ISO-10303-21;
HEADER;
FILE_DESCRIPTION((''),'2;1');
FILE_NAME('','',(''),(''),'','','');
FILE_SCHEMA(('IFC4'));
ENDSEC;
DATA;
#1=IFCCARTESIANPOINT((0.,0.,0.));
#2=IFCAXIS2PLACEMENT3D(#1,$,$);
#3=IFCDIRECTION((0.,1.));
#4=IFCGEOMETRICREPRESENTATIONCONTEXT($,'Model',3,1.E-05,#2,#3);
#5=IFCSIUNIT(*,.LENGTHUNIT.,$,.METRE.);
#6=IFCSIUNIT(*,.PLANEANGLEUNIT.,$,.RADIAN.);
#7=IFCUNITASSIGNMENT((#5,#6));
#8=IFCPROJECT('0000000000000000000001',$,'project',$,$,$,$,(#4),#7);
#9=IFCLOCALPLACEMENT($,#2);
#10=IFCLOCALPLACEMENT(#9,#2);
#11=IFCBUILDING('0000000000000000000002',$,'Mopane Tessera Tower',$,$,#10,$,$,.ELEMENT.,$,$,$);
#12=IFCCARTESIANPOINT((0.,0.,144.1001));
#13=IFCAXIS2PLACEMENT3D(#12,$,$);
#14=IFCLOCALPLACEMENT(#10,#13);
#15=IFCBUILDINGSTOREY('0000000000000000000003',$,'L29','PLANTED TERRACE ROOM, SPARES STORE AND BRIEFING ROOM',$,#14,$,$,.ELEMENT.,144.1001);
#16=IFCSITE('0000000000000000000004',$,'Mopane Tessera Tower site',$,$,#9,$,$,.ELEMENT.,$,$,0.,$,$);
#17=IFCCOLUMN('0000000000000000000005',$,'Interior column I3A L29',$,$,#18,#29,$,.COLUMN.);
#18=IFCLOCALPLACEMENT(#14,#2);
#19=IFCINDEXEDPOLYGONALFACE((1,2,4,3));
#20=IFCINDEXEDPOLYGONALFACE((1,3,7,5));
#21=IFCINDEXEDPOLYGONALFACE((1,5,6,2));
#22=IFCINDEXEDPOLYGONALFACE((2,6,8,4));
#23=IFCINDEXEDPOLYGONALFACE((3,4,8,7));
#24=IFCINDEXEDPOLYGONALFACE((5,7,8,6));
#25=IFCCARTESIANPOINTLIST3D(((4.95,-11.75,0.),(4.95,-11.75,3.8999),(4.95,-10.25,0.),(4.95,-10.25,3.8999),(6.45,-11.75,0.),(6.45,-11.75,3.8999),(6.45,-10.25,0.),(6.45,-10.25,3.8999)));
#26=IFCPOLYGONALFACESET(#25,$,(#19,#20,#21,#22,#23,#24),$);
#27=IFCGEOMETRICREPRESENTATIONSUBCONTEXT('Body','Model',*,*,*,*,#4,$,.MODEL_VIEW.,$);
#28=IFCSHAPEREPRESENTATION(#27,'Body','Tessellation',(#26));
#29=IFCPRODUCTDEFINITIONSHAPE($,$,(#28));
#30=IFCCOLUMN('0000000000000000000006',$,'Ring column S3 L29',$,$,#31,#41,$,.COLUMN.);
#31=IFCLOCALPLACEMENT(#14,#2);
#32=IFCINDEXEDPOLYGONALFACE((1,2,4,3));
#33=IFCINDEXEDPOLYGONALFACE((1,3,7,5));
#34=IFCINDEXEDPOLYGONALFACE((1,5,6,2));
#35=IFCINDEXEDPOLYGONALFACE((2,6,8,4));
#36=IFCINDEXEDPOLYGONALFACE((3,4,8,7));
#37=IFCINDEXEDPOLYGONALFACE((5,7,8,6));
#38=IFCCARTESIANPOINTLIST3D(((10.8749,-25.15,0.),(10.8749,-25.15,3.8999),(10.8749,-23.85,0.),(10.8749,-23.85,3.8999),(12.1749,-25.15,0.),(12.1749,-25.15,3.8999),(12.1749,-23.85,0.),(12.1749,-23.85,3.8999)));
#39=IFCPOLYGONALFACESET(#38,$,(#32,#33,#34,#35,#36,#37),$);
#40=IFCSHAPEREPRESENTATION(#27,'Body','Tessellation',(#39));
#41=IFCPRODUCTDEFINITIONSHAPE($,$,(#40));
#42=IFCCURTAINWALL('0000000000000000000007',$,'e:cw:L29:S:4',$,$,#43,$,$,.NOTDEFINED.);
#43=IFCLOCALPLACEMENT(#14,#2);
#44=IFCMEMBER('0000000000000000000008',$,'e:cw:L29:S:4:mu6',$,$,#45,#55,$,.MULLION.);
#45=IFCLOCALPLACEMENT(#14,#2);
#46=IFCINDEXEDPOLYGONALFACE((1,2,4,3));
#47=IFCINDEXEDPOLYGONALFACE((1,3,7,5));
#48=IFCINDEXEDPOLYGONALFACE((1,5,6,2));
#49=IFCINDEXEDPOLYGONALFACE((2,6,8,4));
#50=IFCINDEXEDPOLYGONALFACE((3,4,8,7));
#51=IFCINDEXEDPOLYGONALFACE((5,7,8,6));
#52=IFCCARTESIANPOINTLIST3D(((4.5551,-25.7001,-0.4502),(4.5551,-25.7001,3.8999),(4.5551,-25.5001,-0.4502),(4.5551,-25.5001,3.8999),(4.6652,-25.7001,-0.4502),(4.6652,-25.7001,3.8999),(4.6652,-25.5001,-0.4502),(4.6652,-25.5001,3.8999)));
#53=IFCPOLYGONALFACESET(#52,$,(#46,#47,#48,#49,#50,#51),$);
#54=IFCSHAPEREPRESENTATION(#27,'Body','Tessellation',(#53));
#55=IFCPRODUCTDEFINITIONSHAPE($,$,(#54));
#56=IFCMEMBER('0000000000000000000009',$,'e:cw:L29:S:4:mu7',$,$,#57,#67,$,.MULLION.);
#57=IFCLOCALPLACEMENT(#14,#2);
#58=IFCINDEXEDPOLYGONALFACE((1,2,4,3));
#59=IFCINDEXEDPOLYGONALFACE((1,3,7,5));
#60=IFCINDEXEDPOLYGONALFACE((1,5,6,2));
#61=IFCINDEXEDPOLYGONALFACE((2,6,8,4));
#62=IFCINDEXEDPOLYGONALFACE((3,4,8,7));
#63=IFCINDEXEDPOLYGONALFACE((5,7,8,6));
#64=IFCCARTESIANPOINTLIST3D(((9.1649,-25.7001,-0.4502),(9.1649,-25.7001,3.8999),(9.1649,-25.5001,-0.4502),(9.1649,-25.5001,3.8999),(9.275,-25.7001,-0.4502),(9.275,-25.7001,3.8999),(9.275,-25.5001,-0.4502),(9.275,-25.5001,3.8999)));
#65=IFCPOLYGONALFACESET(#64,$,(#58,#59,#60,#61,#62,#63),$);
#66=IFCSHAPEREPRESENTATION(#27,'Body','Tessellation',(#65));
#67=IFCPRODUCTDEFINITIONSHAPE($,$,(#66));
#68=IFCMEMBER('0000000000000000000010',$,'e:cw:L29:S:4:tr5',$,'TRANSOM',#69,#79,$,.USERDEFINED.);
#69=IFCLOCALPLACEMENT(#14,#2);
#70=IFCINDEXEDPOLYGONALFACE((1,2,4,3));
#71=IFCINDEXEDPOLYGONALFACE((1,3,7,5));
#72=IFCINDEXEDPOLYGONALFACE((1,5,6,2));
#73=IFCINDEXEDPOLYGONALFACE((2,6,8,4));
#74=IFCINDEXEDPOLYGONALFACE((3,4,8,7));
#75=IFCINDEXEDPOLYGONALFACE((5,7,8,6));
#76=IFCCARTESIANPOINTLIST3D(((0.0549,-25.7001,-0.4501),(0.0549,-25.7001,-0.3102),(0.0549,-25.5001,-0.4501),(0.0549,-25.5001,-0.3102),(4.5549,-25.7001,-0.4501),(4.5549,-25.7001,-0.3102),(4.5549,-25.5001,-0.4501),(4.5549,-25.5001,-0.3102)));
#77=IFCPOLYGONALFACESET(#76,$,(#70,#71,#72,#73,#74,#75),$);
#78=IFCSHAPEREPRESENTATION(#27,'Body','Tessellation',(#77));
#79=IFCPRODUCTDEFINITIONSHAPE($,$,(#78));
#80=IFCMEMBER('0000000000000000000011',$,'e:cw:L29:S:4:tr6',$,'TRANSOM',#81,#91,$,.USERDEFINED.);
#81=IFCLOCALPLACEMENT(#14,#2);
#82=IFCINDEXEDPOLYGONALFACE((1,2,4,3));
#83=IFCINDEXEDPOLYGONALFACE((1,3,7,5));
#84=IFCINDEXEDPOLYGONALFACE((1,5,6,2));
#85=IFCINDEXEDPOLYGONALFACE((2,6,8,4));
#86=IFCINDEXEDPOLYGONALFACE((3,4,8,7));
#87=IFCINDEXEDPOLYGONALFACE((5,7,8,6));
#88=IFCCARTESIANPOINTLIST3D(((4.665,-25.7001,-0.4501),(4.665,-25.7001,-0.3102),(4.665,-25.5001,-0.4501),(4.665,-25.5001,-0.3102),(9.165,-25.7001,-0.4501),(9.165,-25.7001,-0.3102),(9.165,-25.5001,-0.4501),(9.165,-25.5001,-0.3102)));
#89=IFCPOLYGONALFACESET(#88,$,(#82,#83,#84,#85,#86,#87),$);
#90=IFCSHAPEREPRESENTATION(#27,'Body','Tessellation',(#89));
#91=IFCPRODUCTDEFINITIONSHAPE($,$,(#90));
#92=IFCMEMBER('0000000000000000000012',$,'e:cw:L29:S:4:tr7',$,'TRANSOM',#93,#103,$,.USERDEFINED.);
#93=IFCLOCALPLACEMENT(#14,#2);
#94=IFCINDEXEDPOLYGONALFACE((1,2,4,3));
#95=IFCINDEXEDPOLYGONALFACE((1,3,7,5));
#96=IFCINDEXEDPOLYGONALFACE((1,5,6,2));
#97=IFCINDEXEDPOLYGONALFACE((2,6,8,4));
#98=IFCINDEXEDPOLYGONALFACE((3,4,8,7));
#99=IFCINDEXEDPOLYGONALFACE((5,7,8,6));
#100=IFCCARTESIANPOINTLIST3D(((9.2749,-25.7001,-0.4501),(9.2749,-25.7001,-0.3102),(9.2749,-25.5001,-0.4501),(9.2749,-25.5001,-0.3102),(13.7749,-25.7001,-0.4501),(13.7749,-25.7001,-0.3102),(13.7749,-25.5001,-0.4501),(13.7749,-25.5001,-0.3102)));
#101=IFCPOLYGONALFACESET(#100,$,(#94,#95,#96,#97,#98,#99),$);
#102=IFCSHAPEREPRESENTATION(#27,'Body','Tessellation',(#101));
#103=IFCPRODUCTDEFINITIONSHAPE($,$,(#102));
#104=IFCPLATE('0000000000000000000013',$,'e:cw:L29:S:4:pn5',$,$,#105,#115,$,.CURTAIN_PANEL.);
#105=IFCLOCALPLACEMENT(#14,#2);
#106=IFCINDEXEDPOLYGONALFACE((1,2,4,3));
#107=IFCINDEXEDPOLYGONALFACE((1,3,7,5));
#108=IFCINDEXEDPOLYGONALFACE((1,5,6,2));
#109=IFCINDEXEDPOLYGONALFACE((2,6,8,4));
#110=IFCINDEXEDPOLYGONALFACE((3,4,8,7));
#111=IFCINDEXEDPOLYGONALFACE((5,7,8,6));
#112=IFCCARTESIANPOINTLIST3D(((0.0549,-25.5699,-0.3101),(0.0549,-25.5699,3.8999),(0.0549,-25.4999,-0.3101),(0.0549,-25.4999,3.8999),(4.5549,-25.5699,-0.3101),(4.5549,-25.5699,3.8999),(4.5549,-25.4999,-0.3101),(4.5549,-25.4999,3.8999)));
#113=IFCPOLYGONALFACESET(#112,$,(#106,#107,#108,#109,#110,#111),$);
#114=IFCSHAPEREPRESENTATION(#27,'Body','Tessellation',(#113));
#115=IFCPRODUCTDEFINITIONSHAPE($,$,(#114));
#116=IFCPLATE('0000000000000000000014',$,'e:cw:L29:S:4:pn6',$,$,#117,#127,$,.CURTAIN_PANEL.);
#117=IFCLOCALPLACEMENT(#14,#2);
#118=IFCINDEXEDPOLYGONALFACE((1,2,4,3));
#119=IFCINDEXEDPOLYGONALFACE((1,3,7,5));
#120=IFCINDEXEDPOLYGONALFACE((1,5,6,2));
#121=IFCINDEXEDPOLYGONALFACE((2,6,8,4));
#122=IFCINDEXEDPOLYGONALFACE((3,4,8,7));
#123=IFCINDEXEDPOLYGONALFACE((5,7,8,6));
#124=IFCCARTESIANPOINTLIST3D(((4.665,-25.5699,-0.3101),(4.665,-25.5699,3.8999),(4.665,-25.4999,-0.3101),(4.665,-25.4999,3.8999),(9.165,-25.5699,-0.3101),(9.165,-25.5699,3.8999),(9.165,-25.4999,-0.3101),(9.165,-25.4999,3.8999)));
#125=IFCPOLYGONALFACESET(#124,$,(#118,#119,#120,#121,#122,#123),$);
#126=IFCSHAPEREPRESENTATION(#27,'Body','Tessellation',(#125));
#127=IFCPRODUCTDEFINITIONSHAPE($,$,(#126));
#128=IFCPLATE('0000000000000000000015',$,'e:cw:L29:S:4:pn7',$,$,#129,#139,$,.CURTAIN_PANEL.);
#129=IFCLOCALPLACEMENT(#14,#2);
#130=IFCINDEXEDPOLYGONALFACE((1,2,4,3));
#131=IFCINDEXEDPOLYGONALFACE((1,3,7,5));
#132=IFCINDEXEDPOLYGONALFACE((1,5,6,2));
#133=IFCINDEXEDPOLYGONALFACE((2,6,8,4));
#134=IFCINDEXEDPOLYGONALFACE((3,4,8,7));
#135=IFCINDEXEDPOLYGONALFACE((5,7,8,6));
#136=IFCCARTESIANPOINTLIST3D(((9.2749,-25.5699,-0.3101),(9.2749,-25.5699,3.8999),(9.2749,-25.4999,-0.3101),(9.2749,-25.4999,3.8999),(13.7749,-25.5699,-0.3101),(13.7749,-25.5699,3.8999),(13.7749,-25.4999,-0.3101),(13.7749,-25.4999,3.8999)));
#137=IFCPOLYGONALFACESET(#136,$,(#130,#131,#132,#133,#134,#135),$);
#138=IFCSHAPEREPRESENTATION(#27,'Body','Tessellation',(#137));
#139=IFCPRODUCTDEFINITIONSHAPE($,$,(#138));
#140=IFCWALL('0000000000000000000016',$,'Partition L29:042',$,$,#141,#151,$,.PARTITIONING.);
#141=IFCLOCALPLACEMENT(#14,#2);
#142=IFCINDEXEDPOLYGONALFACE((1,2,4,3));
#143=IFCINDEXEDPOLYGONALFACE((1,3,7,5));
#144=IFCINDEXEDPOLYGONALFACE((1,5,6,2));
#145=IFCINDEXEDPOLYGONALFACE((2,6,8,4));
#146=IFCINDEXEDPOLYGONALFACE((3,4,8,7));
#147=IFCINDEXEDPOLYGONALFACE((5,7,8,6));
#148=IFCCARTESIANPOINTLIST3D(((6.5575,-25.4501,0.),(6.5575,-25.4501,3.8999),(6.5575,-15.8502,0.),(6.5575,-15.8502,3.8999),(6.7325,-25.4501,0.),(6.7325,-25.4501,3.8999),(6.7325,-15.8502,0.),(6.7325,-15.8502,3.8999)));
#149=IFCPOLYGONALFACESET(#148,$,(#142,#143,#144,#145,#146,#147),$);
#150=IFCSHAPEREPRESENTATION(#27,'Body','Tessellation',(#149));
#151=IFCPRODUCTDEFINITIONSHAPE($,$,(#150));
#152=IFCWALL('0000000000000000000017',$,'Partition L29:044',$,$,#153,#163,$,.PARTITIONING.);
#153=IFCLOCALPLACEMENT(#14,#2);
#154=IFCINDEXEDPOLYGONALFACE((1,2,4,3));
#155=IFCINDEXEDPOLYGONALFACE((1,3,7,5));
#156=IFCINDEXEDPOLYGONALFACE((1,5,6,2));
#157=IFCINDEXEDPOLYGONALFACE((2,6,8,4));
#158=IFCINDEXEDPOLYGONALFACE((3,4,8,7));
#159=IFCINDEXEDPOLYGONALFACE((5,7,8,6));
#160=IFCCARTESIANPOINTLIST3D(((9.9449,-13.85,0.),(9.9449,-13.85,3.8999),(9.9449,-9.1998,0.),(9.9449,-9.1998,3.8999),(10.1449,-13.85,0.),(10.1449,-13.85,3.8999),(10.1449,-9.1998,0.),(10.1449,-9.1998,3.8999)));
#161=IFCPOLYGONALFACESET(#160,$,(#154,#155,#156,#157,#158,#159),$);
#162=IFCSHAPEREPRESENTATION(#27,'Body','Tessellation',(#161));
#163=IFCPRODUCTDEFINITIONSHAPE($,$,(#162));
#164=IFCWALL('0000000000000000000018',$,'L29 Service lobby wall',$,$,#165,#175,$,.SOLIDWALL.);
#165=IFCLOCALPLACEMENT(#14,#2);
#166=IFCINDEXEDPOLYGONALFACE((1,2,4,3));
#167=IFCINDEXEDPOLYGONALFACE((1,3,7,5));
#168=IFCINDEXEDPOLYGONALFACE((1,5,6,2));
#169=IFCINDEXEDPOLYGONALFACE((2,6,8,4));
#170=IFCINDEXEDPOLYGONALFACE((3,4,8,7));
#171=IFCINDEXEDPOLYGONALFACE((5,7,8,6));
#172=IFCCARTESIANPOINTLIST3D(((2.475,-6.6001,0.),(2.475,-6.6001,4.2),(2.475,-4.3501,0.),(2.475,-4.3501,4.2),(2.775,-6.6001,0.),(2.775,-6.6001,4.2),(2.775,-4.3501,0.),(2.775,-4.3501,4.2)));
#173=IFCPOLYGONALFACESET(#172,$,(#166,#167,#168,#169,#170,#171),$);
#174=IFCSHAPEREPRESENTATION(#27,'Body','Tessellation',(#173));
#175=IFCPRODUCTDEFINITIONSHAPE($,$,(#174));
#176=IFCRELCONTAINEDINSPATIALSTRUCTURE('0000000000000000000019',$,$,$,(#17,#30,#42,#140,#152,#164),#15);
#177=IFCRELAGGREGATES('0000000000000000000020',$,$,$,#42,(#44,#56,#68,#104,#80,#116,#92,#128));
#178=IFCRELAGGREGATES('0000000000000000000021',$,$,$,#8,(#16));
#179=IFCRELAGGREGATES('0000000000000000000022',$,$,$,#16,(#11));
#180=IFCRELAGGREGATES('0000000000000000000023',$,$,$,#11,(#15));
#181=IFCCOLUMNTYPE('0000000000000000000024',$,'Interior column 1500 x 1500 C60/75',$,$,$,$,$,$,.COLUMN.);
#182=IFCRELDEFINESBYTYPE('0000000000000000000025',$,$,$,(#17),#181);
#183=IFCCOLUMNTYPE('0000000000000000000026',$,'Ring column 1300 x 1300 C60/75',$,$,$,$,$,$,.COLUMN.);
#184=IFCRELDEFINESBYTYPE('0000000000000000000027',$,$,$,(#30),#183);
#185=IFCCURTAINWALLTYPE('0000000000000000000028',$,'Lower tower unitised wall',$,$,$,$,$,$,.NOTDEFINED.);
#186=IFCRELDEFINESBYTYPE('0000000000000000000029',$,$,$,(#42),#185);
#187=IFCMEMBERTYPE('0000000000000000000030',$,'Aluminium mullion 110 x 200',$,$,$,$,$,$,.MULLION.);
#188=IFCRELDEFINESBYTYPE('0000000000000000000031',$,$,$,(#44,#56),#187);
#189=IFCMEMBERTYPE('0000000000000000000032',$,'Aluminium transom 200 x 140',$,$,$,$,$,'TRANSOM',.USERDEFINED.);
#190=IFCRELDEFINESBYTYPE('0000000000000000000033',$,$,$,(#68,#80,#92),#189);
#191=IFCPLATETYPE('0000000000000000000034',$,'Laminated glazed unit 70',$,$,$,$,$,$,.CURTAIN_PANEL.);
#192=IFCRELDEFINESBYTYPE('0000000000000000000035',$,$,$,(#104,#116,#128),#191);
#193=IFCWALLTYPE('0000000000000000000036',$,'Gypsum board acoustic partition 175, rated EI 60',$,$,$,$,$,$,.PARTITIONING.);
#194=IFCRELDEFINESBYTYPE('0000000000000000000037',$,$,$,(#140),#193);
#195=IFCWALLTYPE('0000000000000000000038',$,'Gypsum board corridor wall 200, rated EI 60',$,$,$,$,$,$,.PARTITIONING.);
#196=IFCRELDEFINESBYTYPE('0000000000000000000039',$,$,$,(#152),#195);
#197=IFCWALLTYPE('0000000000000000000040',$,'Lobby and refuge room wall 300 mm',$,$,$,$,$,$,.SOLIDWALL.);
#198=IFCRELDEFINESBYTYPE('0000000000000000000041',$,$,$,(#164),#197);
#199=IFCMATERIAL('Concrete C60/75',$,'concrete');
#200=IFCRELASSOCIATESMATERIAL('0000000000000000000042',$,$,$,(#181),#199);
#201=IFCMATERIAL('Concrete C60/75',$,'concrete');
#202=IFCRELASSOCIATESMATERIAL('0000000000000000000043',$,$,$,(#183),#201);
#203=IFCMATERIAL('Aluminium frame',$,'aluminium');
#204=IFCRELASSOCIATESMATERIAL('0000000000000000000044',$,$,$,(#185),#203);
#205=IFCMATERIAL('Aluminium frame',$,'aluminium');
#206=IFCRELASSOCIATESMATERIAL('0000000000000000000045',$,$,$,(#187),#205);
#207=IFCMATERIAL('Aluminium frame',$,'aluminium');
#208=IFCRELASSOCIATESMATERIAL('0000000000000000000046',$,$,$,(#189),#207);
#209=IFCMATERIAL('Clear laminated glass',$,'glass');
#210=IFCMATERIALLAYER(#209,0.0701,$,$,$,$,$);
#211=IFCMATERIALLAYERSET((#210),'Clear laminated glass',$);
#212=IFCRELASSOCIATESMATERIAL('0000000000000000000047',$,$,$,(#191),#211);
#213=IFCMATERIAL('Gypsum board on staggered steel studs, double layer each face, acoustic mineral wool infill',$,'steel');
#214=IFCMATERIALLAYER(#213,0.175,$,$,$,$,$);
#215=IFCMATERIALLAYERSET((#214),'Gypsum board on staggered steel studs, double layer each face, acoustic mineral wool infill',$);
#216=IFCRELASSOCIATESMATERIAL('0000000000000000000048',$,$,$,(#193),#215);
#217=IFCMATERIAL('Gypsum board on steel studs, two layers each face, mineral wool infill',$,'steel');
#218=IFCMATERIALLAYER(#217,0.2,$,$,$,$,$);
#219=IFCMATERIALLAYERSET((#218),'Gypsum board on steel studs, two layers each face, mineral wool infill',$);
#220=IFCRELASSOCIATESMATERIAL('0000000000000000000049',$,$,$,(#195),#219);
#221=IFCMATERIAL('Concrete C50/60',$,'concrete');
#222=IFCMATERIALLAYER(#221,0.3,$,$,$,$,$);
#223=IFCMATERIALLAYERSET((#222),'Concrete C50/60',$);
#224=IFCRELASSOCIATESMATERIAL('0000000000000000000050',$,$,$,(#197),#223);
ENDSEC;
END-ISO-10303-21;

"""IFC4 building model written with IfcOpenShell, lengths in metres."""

from ifc_helpers import new_model, si_unit, direction, frame, frame_2d, origin, origin_2d, place, context, subcontext, project, spatial, rectangle, extrude, material, layer, layer_set, material_profile, profile_set, type_object, element, aggregate, save


model = new_model("IFC4")

# Units and contexts
model_context = context("Model", 3, precision=1e-05, world=origin(), true_north=direction((0.0, 1.0)))
body_context = subcontext(model_context, "Body", "Model", "MODEL_VIEW")
ifc_project = project(units=[si_unit("LENGTHUNIT", "METRE"), si_unit("PLANEANGLEUNIT", "RADIAN")], contexts=[model_context])

# Site, building, storey
site_placement = place(None, origin())
site = spatial("IfcSite", under=ifc_project, at=site_placement, Name="Mopane Tessera Tower site", CompositionType="ELEMENT", RefElevation=0.0)
building_placement = place(site_placement, origin())
building = spatial("IfcBuilding", under=site, at=building_placement, Name="Mopane Tessera Tower", CompositionType="ELEMENT")
storey_placement = place(building_placement, frame((0.0, 0.0, 144.1001)))
storey = spatial("IfcBuildingStorey", under=building, at=storey_placement, Name="L29", Description="PLANTED TERRACE ROOM, SPARES STORE AND BRIEFING ROOM", CompositionType="ELEMENT", Elevation=144.1001)

# Columns
ifc_material_1 = material(Name="Concrete C60/75", Category="concrete")
ifc_material_profile_1 = material_profile(ifc_material_1, rectangle(XDim=1.5, YDim=1.5, at=origin_2d()))
ifc_profile_set_1 = profile_set([ifc_material_profile_1], Name="Concrete C60/75")
column_type_1 = type_object("IfcColumnType", Name="Interior column 1500 x 1500 C60/75", PredefinedType="COLUMN", material=ifc_profile_set_1)
column_1_placement = place(storey_placement, frame((5.7, -11.0, 0.0), z_axis=(0.0, 0.0, 1.0), x_axis=(1.0, 0.0, 0.0)))
element("IfcColumn", 1, at=column_1_placement, inside=storey, type_object=column_type_1, Name="Interior column I3A L29", PredefinedType="COLUMN", context=body_context, shape_type="SweptSolid", body=[
    extrude(rectangle(XDim=1.5, YDim=1.5, at=origin_2d()), origin(), (0.0, 0.0, 1.0), 3.8999),
])
ifc_material_2 = material(Name="Concrete C60/75", Category="concrete")
ifc_material_profile_2 = material_profile(ifc_material_2, rectangle(XDim=1.3, YDim=1.3, at=origin_2d()))
ifc_profile_set_2 = profile_set([ifc_material_profile_2], Name="Concrete C60/75")
column_type_2 = type_object("IfcColumnType", Name="Ring column 1300 x 1300 C60/75", PredefinedType="COLUMN", material=ifc_profile_set_2)
column_2_placement = place(storey_placement, frame((11.5249, -24.5, 0.0), z_axis=(0.0, 0.0, 1.0), x_axis=(1.0, 0.0, 0.0)))
element("IfcColumn", 2, at=column_2_placement, inside=storey, type_object=column_type_2, Name="Ring column S3 L29", PredefinedType="COLUMN", context=body_context, shape_type="SweptSolid", body=[
    extrude(rectangle(XDim=1.3, YDim=1.3, at=origin_2d()), origin(), (0.0, 0.0, 1.0), 3.8999),
])

# Curtain wall, members, plates
ifc_material_3 = material(Name="Aluminium frame", Category="aluminium")
curtain_wall_type = type_object("IfcCurtainWallType", Name="Lower tower unitised wall", PredefinedType="NOTDEFINED", material=ifc_material_3)
curtain_wall_placement = place(storey_placement, origin())
curtain_wall = element("IfcCurtainWall", 3, at=curtain_wall_placement, inside=storey, type_object=curtain_wall_type, Name="e:cw:L29:S:4", PredefinedType="NOTDEFINED")
ifc_material_4 = material(Name="Aluminium frame", Category="aluminium")
ifc_material_profile_3 = material_profile(ifc_material_4, rectangle(XDim=0.1101, YDim=0.2, at=origin_2d()))
ifc_profile_set_3 = profile_set([ifc_material_profile_3], Name="Aluminium frame")
member_type_1 = type_object("IfcMemberType", Name="Aluminium mullion 110 x 200", PredefinedType="MULLION", material=ifc_profile_set_3)
member_1_placement = place(storey_placement, frame((4.6101, -25.6001, -0.4502), z_axis=(0.0, 0.0, 1.0), x_axis=(1.0, 0.0, 0.0)))
member_1 = element("IfcMember", 4, at=member_1_placement, type_object=member_type_1, Name="e:cw:L29:S:4:mu6", PredefinedType="MULLION", context=body_context, shape_type="SweptSolid", body=[
    extrude(rectangle(XDim=0.1101, YDim=0.2, at=origin_2d()), origin(), (0.0, 0.0, 1.0), 4.3501),
])
member_2_placement = place(storey_placement, frame((9.22, -25.6001, -0.4502), z_axis=(0.0, 0.0, 1.0), x_axis=(1.0, 0.0, 0.0)))
member_2 = element("IfcMember", 5, at=member_2_placement, type_object=member_type_1, Name="e:cw:L29:S:4:mu7", PredefinedType="MULLION", context=body_context, shape_type="SweptSolid", body=[
    extrude(rectangle(XDim=0.1101, YDim=0.2, at=origin_2d()), origin(), (0.0, 0.0, 1.0), 4.3501),
])
ifc_material_5 = material(Name="Aluminium frame", Category="aluminium")
ifc_material_profile_4 = material_profile(ifc_material_5, rectangle(XDim=0.2, YDim=0.1399, at=origin_2d()))
ifc_profile_set_4 = profile_set([ifc_material_profile_4], Name="Aluminium frame")
member_type_2 = type_object("IfcMemberType", Name="Aluminium transom 200 x 140", ElementType="TRANSOM", PredefinedType="USERDEFINED", material=ifc_profile_set_4)
member_3_placement = place(storey_placement, frame((0.0549, -25.6001, -0.3801), z_axis=(1.0, 0.0, 0.0), x_axis=(0.0, 1.0, 0.0)))
member_3 = element("IfcMember", 6, at=member_3_placement, type_object=member_type_2, Name="e:cw:L29:S:4:tr5", ObjectType="TRANSOM", PredefinedType="USERDEFINED", context=body_context, shape_type="SweptSolid", body=[
    extrude(rectangle(XDim=0.2, YDim=0.1399, at=origin_2d()), origin(), (0.0, 0.0, 1.0), 4.5),
])
member_4_placement = place(storey_placement, frame((4.665, -25.6001, -0.3801), z_axis=(1.0, 0.0, 0.0), x_axis=(0.0, 1.0, 0.0)))
member_4 = element("IfcMember", 7, at=member_4_placement, type_object=member_type_2, Name="e:cw:L29:S:4:tr6", ObjectType="TRANSOM", PredefinedType="USERDEFINED", context=body_context, shape_type="SweptSolid", body=[
    extrude(rectangle(XDim=0.2, YDim=0.1399, at=origin_2d()), origin(), (0.0, 0.0, 1.0), 4.5),
])
member_5_placement = place(storey_placement, frame((9.2749, -25.6001, -0.3801), z_axis=(1.0, 0.0, 0.0), x_axis=(0.0, 1.0, 0.0)))
member_5 = element("IfcMember", 8, at=member_5_placement, type_object=member_type_2, Name="e:cw:L29:S:4:tr7", ObjectType="TRANSOM", PredefinedType="USERDEFINED", context=body_context, shape_type="SweptSolid", body=[
    extrude(rectangle(XDim=0.2, YDim=0.1399, at=origin_2d()), origin(), (0.0, 0.0, 1.0), 4.5),
])
ifc_material_6 = material(Name="Clear laminated glass", Category="glass")
ifc_layer_1 = layer(ifc_material_6, 0.0701)
ifc_layer_set_1 = layer_set([ifc_layer_1], Name="Clear laminated glass")
plate_type = type_object("IfcPlateType", Name="Laminated glazed unit 70", PredefinedType="CURTAIN_PANEL", material=ifc_layer_set_1)
plate_1_placement = place(storey_placement, frame((2.3049, -25.5349, -0.3101), z_axis=(0.0, 0.0, 1.0), x_axis=(1.0, 0.0, 0.0)))
plate_1 = element("IfcPlate", 9, at=plate_1_placement, type_object=plate_type, Name="e:cw:L29:S:4:pn5", PredefinedType="CURTAIN_PANEL", context=body_context, shape_type="SweptSolid", body=[
    extrude(rectangle(XDim=4.5, YDim=0.0701, at=origin_2d()), origin(), (0.0, 0.0, 1.0), 4.21),
])
plate_2_placement = place(storey_placement, frame((6.915, -25.5349, -0.3101), z_axis=(0.0, 0.0, 1.0), x_axis=(1.0, 0.0, 0.0)))
plate_2 = element("IfcPlate", 10, at=plate_2_placement, type_object=plate_type, Name="e:cw:L29:S:4:pn6", PredefinedType="CURTAIN_PANEL", context=body_context, shape_type="SweptSolid", body=[
    extrude(rectangle(XDim=4.5, YDim=0.0701, at=origin_2d()), origin(), (0.0, 0.0, 1.0), 4.21),
])
plate_3_placement = place(storey_placement, frame((11.5249, -25.5349, -0.3101), z_axis=(0.0, 0.0, 1.0), x_axis=(1.0, 0.0, 0.0)))
plate_3 = element("IfcPlate", 11, at=plate_3_placement, type_object=plate_type, Name="e:cw:L29:S:4:pn7", PredefinedType="CURTAIN_PANEL", context=body_context, shape_type="SweptSolid", body=[
    extrude(rectangle(XDim=4.5, YDim=0.0701, at=origin_2d()), origin(), (0.0, 0.0, 1.0), 4.21),
])
aggregate(curtain_wall, [member_1, member_2, member_3, plate_1, member_4, plate_2, member_5, plate_3])

# Walls
ifc_material_7 = material(Name="Gypsum board on staggered steel studs, double layer each face, acoustic mineral wool infill", Category="steel")
ifc_layer_2 = layer(ifc_material_7, 0.175)
ifc_layer_set_2 = layer_set([ifc_layer_2], Name="Gypsum board on staggered steel studs, double layer each face, acoustic mineral wool infill")
wall_type_1 = type_object("IfcWallType", Name="Gypsum board acoustic partition 175, rated EI 60", PredefinedType="PARTITIONING", material=ifc_layer_set_2)
wall_1_placement = place(storey_placement, frame((6.645, -25.45, 0.0), z_axis=(0.0, 0.0, 1.0), x_axis=(0.0, 1.0, 0.0)))
element("IfcWall", 12, at=wall_1_placement, inside=storey, type_object=wall_type_1, Name="Partition L29:042", PredefinedType="PARTITIONING", context=body_context, shape_type="SweptSolid", body=[
    extrude(rectangle(XDim=9.5999, YDim=0.175, at=frame_2d((4.7998, 0.0))), origin(), (0.0, 0.0, 1.0), 3.8999),
])
ifc_material_8 = material(Name="Gypsum board on steel studs, two layers each face, mineral wool infill", Category="steel")
ifc_layer_3 = layer(ifc_material_8, 0.2)
ifc_layer_set_3 = layer_set([ifc_layer_3], Name="Gypsum board on steel studs, two layers each face, mineral wool infill")
wall_type_2 = type_object("IfcWallType", Name="Gypsum board corridor wall 200, rated EI 60", PredefinedType="PARTITIONING", material=ifc_layer_set_3)
wall_2_placement = place(storey_placement, frame((10.0449, -13.8501, 0.0), z_axis=(0.0, 0.0, 1.0), x_axis=(0.0, 1.0, 0.0)))
element("IfcWall", 13, at=wall_2_placement, inside=storey, type_object=wall_type_2, Name="Partition L29:044", PredefinedType="PARTITIONING", context=body_context, shape_type="SweptSolid", body=[
    extrude(rectangle(XDim=4.6501, YDim=0.2, at=frame_2d((2.3252, 0.0))), origin(), (0.0, 0.0, 1.0), 3.8999),
])
ifc_material_9 = material(Name="Concrete C50/60", Category="concrete")
ifc_layer_4 = layer(ifc_material_9, 0.3)
ifc_layer_set_4 = layer_set([ifc_layer_4], Name="Concrete C50/60")
wall_type_3 = type_object("IfcWallType", Name="Lobby and refuge room wall 300 mm", PredefinedType="SOLIDWALL", material=ifc_layer_set_4)
for number, where, z_axis, x_axis, name in (
    (14, (2.625, -6.6001, 0.0), (0.0, 0.0, 1.0), (0.0, 1.0, 0.0), "L29 Service lobby wall"),
):
    element("IfcWall", number, at=place(storey_placement, frame(where, z_axis=z_axis, x_axis=x_axis)), inside=storey, type_object=wall_type_3, Name=name, PredefinedType="SOLIDWALL", context=body_context, shape_type="SweptSolid", body=[
        extrude(rectangle(XDim=2.25, YDim=0.3, at=frame_2d((1.125, 0.0))), origin(), (0.0, 0.0, 1.0), 4.2),
    ])

save(model, "model.ifc")
